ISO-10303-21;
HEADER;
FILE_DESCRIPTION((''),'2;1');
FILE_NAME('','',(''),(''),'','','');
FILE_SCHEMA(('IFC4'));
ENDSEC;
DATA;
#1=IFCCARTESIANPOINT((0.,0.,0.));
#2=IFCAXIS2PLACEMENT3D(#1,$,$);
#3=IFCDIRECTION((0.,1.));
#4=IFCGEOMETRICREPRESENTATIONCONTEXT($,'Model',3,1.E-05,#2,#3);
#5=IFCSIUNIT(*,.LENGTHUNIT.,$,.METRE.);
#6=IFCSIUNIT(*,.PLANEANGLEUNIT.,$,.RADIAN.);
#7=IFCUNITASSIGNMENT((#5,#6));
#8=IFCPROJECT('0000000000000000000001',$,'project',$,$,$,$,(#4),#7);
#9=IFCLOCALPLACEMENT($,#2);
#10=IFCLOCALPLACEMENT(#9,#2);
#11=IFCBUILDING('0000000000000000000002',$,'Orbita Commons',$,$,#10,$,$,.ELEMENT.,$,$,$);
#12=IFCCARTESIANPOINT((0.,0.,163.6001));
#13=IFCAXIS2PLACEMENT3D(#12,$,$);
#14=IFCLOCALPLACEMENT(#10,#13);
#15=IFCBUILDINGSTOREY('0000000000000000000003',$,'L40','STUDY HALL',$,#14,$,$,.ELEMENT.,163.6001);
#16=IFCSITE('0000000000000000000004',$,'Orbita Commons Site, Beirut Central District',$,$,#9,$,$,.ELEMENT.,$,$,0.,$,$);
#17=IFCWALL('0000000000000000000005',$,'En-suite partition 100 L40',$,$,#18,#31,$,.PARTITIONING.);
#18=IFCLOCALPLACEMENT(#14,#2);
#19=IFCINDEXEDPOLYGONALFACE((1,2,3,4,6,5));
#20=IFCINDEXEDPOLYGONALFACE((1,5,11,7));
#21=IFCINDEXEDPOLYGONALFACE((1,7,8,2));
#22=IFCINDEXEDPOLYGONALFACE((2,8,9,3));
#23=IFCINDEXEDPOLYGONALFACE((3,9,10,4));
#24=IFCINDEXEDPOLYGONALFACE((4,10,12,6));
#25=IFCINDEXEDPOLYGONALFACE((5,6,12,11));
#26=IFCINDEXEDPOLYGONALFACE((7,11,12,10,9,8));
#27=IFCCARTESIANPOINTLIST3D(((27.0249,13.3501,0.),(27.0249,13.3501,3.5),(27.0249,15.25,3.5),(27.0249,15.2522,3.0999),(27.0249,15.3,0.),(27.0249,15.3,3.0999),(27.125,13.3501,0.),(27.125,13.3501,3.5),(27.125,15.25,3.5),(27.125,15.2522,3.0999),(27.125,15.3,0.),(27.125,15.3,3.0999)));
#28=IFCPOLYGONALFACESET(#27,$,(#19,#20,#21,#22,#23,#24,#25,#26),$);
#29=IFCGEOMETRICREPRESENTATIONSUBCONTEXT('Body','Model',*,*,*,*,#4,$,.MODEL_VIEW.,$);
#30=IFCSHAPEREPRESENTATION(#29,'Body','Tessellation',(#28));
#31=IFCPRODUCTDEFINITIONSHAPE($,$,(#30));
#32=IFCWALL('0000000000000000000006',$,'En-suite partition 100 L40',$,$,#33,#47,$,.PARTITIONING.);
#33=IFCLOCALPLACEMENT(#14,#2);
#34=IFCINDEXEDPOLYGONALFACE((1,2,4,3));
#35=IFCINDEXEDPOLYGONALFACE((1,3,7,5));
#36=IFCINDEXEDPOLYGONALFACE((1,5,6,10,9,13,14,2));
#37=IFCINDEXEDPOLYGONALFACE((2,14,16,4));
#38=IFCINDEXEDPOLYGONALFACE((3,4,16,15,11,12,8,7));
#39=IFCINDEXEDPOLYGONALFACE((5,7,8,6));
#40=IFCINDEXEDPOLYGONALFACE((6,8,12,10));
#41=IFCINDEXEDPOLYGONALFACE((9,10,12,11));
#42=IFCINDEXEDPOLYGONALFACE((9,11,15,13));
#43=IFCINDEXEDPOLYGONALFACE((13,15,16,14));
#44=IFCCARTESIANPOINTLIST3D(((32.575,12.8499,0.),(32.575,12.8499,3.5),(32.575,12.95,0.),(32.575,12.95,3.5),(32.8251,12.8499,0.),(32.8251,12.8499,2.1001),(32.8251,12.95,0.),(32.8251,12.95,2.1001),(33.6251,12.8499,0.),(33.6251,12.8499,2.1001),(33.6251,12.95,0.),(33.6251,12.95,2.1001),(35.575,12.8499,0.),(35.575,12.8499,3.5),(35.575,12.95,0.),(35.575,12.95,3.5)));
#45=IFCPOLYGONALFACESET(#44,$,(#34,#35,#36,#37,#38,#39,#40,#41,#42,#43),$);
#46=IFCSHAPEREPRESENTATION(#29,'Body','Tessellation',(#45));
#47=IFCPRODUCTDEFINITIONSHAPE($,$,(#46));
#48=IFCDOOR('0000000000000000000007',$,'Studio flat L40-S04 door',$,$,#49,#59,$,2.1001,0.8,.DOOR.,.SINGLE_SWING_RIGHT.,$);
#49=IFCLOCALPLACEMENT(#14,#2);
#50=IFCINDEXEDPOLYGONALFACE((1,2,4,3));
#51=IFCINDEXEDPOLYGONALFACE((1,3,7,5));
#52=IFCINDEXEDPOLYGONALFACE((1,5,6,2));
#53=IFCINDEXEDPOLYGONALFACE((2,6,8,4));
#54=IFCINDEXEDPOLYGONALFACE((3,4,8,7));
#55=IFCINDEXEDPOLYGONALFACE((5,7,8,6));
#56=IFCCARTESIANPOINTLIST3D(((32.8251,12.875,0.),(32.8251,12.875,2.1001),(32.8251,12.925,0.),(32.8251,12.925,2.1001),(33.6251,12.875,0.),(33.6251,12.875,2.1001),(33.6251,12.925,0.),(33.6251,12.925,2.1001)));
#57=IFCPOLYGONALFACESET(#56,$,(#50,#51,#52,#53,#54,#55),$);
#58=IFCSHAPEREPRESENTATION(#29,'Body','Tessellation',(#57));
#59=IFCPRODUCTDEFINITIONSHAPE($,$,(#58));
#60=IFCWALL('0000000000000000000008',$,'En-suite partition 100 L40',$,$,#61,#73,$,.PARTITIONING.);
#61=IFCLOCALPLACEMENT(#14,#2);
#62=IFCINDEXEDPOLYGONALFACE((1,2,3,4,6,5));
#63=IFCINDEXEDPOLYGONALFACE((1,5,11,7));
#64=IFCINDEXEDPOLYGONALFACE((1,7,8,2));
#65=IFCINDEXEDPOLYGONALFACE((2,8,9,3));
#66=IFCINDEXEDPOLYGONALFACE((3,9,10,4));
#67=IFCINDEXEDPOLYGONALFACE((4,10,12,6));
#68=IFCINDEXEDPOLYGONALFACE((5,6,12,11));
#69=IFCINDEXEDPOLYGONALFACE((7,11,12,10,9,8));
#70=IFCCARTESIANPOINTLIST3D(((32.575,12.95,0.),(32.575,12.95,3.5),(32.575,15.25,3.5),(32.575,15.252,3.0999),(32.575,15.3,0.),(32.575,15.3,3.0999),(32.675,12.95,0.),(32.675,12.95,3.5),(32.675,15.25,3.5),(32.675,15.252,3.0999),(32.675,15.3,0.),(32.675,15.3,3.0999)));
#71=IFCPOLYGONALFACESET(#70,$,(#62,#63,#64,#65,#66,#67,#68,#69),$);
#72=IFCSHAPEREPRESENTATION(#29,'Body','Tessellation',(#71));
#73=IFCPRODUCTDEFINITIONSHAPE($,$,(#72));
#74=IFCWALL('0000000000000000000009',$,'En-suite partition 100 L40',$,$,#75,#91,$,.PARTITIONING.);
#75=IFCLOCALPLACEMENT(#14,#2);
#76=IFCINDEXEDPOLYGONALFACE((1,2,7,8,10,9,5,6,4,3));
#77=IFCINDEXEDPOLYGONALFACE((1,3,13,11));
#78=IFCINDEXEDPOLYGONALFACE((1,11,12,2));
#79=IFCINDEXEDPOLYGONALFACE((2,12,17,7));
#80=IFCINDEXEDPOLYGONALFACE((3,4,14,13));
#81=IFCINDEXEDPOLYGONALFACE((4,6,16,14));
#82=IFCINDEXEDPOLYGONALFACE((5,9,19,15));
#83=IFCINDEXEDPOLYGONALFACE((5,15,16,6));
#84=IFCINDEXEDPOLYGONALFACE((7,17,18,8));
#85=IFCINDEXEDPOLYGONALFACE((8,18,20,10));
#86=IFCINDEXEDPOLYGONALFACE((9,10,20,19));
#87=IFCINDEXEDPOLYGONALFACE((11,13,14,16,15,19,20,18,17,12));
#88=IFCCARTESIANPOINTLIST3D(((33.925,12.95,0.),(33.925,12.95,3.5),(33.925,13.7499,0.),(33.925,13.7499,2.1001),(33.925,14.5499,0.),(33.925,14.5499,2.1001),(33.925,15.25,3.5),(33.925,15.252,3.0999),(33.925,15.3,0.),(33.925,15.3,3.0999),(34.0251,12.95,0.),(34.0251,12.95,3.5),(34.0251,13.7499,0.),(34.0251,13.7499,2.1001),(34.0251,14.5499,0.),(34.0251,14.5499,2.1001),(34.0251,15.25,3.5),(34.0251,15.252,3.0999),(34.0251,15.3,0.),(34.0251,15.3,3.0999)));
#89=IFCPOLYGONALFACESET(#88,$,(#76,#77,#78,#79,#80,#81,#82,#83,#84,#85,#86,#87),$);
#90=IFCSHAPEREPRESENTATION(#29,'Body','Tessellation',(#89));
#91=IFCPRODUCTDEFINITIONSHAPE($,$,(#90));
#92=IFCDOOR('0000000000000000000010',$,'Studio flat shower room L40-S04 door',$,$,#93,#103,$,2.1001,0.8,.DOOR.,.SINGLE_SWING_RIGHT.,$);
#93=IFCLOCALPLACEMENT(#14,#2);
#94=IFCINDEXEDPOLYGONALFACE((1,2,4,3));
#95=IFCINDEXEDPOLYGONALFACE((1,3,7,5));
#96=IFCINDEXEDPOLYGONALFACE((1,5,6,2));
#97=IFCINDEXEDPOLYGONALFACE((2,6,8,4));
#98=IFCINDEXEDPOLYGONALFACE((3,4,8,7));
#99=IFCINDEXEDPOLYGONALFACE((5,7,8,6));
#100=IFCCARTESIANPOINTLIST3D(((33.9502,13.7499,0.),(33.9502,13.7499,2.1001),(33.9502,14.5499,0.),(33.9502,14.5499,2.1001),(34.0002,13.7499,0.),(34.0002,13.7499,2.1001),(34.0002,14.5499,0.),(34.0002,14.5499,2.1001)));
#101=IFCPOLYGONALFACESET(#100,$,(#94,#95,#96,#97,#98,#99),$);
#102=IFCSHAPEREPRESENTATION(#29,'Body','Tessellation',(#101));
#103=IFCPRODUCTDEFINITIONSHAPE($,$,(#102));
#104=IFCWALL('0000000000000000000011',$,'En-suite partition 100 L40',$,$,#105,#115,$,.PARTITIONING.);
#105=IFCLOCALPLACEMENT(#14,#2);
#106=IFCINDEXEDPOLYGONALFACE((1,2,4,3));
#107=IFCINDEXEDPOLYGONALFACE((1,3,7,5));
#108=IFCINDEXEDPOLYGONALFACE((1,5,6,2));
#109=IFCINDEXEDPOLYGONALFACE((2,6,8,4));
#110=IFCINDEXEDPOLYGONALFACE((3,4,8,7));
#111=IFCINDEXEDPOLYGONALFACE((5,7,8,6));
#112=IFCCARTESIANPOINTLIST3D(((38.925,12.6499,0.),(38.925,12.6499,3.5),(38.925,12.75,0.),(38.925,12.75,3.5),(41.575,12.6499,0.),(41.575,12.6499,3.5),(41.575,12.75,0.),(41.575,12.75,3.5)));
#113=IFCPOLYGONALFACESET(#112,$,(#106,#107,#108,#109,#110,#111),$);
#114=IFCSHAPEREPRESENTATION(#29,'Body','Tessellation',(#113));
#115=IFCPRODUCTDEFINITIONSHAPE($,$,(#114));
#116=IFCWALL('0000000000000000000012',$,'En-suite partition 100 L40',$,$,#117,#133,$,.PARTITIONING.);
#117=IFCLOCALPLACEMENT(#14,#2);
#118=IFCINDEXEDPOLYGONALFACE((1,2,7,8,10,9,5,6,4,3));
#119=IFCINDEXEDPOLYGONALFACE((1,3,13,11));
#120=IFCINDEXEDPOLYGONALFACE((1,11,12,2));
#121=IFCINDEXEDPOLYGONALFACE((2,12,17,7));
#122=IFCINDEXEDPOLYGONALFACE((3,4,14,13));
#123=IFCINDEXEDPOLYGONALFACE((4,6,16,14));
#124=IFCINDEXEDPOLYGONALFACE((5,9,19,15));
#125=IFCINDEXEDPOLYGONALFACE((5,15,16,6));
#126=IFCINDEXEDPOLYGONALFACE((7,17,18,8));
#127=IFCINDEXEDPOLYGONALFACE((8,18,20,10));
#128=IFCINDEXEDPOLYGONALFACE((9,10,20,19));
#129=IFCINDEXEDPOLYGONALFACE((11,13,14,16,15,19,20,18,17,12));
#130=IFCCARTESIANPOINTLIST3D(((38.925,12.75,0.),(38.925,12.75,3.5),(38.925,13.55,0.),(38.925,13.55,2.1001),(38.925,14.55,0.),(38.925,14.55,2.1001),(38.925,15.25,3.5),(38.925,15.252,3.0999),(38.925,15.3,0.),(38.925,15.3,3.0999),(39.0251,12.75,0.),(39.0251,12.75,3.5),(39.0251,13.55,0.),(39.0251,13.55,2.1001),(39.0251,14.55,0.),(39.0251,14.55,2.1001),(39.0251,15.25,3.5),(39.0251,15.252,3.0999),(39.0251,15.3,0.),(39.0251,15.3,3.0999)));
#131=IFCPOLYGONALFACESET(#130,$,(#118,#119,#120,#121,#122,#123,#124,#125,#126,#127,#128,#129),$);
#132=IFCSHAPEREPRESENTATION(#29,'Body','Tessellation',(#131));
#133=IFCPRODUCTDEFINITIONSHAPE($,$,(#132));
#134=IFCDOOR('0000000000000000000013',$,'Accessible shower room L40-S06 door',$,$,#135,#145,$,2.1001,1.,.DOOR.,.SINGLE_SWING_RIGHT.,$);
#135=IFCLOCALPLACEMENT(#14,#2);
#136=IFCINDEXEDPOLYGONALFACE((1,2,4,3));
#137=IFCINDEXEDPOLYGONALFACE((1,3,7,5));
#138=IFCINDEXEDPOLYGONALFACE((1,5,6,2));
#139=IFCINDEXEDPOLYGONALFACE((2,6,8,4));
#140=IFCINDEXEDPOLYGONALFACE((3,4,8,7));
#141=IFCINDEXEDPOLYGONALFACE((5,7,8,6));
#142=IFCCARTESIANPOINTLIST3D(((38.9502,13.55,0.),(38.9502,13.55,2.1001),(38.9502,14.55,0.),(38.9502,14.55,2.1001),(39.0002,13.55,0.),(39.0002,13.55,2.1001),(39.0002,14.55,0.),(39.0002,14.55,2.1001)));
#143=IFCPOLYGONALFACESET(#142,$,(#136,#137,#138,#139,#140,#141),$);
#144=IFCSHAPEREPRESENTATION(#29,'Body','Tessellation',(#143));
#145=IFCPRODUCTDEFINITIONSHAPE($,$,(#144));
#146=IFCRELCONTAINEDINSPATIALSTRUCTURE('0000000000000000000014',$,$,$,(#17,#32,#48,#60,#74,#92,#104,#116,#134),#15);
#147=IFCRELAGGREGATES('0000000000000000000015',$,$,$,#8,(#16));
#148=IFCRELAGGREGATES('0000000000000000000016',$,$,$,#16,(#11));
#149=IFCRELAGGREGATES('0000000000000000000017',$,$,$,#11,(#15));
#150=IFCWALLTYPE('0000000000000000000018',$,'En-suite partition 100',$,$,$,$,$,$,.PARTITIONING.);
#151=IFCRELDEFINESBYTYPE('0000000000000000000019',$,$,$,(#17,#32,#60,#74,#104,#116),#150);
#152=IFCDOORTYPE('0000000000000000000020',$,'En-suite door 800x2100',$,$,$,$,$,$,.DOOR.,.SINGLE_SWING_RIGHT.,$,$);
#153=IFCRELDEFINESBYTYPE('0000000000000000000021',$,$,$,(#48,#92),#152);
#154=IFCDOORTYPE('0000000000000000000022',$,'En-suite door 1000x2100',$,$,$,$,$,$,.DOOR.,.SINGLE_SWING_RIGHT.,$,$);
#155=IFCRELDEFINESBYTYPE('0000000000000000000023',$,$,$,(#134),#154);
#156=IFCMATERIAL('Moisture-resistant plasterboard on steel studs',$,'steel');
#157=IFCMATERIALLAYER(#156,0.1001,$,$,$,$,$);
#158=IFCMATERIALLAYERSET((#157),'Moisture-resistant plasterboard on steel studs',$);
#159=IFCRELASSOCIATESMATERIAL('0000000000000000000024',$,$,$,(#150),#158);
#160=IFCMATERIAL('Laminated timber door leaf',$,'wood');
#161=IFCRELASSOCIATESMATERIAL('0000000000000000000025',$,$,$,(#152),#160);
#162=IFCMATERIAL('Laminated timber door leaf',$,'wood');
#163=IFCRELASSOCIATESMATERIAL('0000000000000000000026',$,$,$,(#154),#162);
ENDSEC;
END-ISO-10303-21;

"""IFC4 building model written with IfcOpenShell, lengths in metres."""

from ifc_helpers import new_model, si_unit, direction, frame, frame_2d, origin, place, context, subcontext, project, spatial, polyline, rectangle, outline, extrude, material, layer, layer_set, type_object, element, fill, save


model = new_model("IFC4")

# Units and contexts
model_context = context("Model", 3, precision=1e-05, world=origin(), true_north=direction((0.0, 1.0)))
body_context = subcontext(model_context, "Body", "Model", "MODEL_VIEW")
ifc_project = project(units=[si_unit("LENGTHUNIT", "METRE"), si_unit("PLANEANGLEUNIT", "RADIAN")], contexts=[model_context])

# Site, building, storey
site_placement = place(None, origin())
site = spatial("IfcSite", under=ifc_project, at=site_placement, Name="Orbita Commons Site, Beirut Central District", CompositionType="ELEMENT", RefElevation=0.0)
building_placement = place(site_placement, origin())
building = spatial("IfcBuilding", under=site, at=building_placement, Name="Orbita Commons", CompositionType="ELEMENT")
storey_placement = place(building_placement, frame((0.0, 0.0, 163.6001)))
storey = spatial("IfcBuildingStorey", under=building, at=storey_placement, Name="L40", Description="STUDY HALL", CompositionType="ELEMENT", Elevation=163.6001)

# Shared definitions
ifc_material_1 = material(Name="Moisture-resistant plasterboard on steel studs", Category="steel")
ifc_layer_1 = layer(ifc_material_1, 0.1001)
ifc_layer_set_1 = layer_set([ifc_layer_1], Name="Moisture-resistant plasterboard on steel studs")
wall_type_1 = type_object("IfcWallType", Name="En-suite partition 100", PredefinedType="PARTITIONING", material=ifc_layer_set_1)

# Wall
wall_1_placement = place(storey_placement, frame((27.075, 13.3501, 0.0), z_axis=(0.0, 0.0, 1.0), x_axis=(0.0, 1.0, 0.0)))
element("IfcWall", 1, at=wall_1_placement, inside=storey, type_object=wall_type_1, Name="En-suite partition 100 L40", PredefinedType="PARTITIONING", context=body_context, shape_type="SweptSolid", body=[
    extrude(outline(polyline([(0.0, 0.0), (1.95, 0.0), (1.95, 3.0999), (1.9021, 3.0999), (1.8999, 3.5), (0.0, 3.5), (0.0, 0.0)])), frame((0.0, 0.05, 0.0), z_axis=(0.0, -1.0, 0.0), x_axis=(1.0, 0.0, 0.0)), (0.0, 0.0, 1.0), 0.1001),
])

# Wall, opening, door
wall_2_placement = place(storey_placement, frame((35.575, 12.8999, 0.0), z_axis=(0.0, 0.0, 1.0), x_axis=(-1.0, 0.0, 0.0)))
wall_2 = element("IfcWall", 2, at=wall_2_placement, inside=storey, type_object=wall_type_1, Name="En-suite partition 100 L40", PredefinedType="PARTITIONING", context=body_context, shape_type="SweptSolid", body=[
    extrude(rectangle(XDim=3.0, YDim=0.1001, at=frame_2d((1.5, 0.0))), origin(), (0.0, 0.0, 1.0), 3.5),
])
opening_1_placement = place(wall_2_placement, frame((1.95, 0.0, 0.0)))
opening_1 = element("IfcOpeningElement", 3, at=opening_1_placement, cuts=wall_2, PredefinedType="OPENING", context=body_context, shape_type="SweptSolid", body=[
    extrude(rectangle(XDim=0.8, YDim=2.1001, at=frame_2d((0.3999, 1.05))), frame((0.0, 0.0601, 0.0), z_axis=(0.0, -1.0, 0.0), x_axis=(1.0, 0.0, 0.0)), (0.0, 0.0, 1.0), 0.1201),
])
ifc_material_2 = material(Name="Laminated timber door leaf", Category="wood")
door_type_1 = type_object("IfcDoorType", Name="En-suite door 800x2100", OperationType="SINGLE_SWING_RIGHT", PredefinedType="DOOR", material=ifc_material_2)
door_1_placement = place(opening_1_placement, origin())
door_1 = element("IfcDoor", 4, at=door_1_placement, inside=storey, type_object=door_type_1, Name="Studio flat L40-S04 door", OperationType="SINGLE_SWING_RIGHT", OverallHeight=2.1001, OverallWidth=0.8, PredefinedType="DOOR", context=body_context, shape_type="SweptSolid", body=[
    extrude(rectangle(XDim=0.8, YDim=2.1001, at=frame_2d((0.3999, 1.05))), frame((0.0, 0.0249, 0.0), z_axis=(0.0, -1.0, 0.0), x_axis=(1.0, 0.0, 0.0)), (0.0, 0.0, 1.0), 0.05),
])
fill(opening_1, door_1)

# Wall
wall_3_placement = place(storey_placement, frame((32.625, 12.95, 0.0), z_axis=(0.0, 0.0, 1.0), x_axis=(0.0, 1.0, 0.0)))
element("IfcWall", 5, at=wall_3_placement, inside=storey, type_object=wall_type_1, Name="En-suite partition 100 L40", PredefinedType="PARTITIONING", context=body_context, shape_type="SweptSolid", body=[
    extrude(outline(polyline([(0.0, 0.0), (2.3501, 0.0), (2.3501, 3.0999), (2.302, 3.0999), (2.3, 3.5), (0.0, 3.5), (0.0, 0.0)])), frame((0.0, 0.05, 0.0), z_axis=(0.0, -1.0, 0.0), x_axis=(1.0, 0.0, 0.0)), (0.0, 0.0, 1.0), 0.1001),
])

# Wall, opening, door
wall_4_placement = place(storey_placement, frame((33.9751, 12.95, 0.0), z_axis=(0.0, 0.0, 1.0), x_axis=(0.0, 1.0, 0.0)))
wall_4 = element("IfcWall", 6, at=wall_4_placement, inside=storey, type_object=wall_type_1, Name="En-suite partition 100 L40", PredefinedType="PARTITIONING", context=body_context, shape_type="SweptSolid", body=[
    extrude(outline(polyline([(0.0, 0.0), (2.3501, 0.0), (2.3501, 3.0999), (2.302, 3.0999), (2.3, 3.5), (0.0, 3.5), (0.0, 0.0)])), frame((0.0, 0.05, 0.0), z_axis=(0.0, -1.0, 0.0), x_axis=(1.0, 0.0, 0.0)), (0.0, 0.0, 1.0), 0.1001),
])
opening_2_placement = place(wall_4_placement, frame((0.8, 0.0, 0.0)))
opening_2 = element("IfcOpeningElement", 7, at=opening_2_placement, cuts=wall_4, PredefinedType="OPENING", context=body_context, shape_type="SweptSolid", body=[
    extrude(rectangle(XDim=0.8, YDim=2.1001, at=frame_2d((0.3999, 1.05))), frame((0.0, 0.0601, 0.0), z_axis=(0.0, -1.0, 0.0), x_axis=(1.0, 0.0, 0.0)), (0.0, 0.0, 1.0), 0.1201),
])
door_2_placement = place(opening_2_placement, origin())
door_2 = element("IfcDoor", 8, at=door_2_placement, inside=storey, type_object=door_type_1, Name="Studio flat shower room L40-S04 door", OperationType="SINGLE_SWING_RIGHT", OverallHeight=2.1001, OverallWidth=0.8, PredefinedType="DOOR", context=body_context, shape_type="SweptSolid", body=[
    extrude(rectangle(XDim=0.8, YDim=2.1001, at=frame_2d((0.3999, 1.05))), frame((0.0, 0.0249, 0.0), z_axis=(0.0, -1.0, 0.0), x_axis=(1.0, 0.0, 0.0)), (0.0, 0.0, 1.0), 0.05),
])
fill(opening_2, door_2)

# Wall
wall_5_placement = place(storey_placement, frame((38.925, 12.7, 0.0), z_axis=(0.0, 0.0, 1.0), x_axis=(1.0, 0.0, 0.0)))
element("IfcWall", 9, at=wall_5_placement, inside=storey, type_object=wall_type_1, Name="En-suite partition 100 L40", PredefinedType="PARTITIONING", context=body_context, shape_type="SweptSolid", body=[
    extrude(rectangle(XDim=2.6499, YDim=0.1001, at=frame_2d((1.325, 0.0))), origin(), (0.0, 0.0, 1.0), 3.5),
])

# Wall, opening, door
wall_6_placement = place(storey_placement, frame((38.9751, 12.75, 0.0), z_axis=(0.0, 0.0, 1.0), x_axis=(0.0, 1.0, 0.0)))
wall_6 = element("IfcWall", 10, at=wall_6_placement, inside=storey, type_object=wall_type_1, Name="En-suite partition 100 L40", PredefinedType="PARTITIONING", context=body_context, shape_type="SweptSolid", body=[
    extrude(outline(polyline([(0.0, 0.0), (2.55, 0.0), (2.55, 3.0999), (2.502, 3.0999), (2.5, 3.5), (0.0, 3.5), (0.0, 0.0)])), frame((0.0, 0.05, 0.0), z_axis=(0.0, -1.0, 0.0), x_axis=(1.0, 0.0, 0.0)), (0.0, 0.0, 1.0), 0.1001),
])
opening_3_placement = place(wall_6_placement, frame((0.8, 0.0, 0.0)))
opening_3 = element("IfcOpeningElement", 11, at=opening_3_placement, cuts=wall_6, PredefinedType="OPENING", context=body_context, shape_type="SweptSolid", body=[
    extrude(rectangle(XDim=1.0, YDim=2.1001, at=frame_2d((0.5, 1.05))), frame((0.0, 0.0601, 0.0), z_axis=(0.0, -1.0, 0.0), x_axis=(1.0, 0.0, 0.0)), (0.0, 0.0, 1.0), 0.1201),
])
ifc_material_3 = material(Name="Laminated timber door leaf", Category="wood")
door_type_2 = type_object("IfcDoorType", Name="En-suite door 1000x2100", OperationType="SINGLE_SWING_RIGHT", PredefinedType="DOOR", material=ifc_material_3)
door_3_placement = place(opening_3_placement, origin())
door_3 = element("IfcDoor", 12, at=door_3_placement, inside=storey, type_object=door_type_2, Name="Accessible shower room L40-S06 door", OperationType="SINGLE_SWING_RIGHT", OverallHeight=2.1001, OverallWidth=1.0, PredefinedType="DOOR", context=body_context, shape_type="SweptSolid", body=[
    extrude(rectangle(XDim=1.0, YDim=2.1001, at=frame_2d((0.5, 1.05))), frame((0.0, 0.0249, 0.0), z_axis=(0.0, -1.0, 0.0), x_axis=(1.0, 0.0, 0.0)), (0.0, 0.0, 1.0), 0.05),
])
fill(opening_3, door_3)

save(model, "model.ifc")
